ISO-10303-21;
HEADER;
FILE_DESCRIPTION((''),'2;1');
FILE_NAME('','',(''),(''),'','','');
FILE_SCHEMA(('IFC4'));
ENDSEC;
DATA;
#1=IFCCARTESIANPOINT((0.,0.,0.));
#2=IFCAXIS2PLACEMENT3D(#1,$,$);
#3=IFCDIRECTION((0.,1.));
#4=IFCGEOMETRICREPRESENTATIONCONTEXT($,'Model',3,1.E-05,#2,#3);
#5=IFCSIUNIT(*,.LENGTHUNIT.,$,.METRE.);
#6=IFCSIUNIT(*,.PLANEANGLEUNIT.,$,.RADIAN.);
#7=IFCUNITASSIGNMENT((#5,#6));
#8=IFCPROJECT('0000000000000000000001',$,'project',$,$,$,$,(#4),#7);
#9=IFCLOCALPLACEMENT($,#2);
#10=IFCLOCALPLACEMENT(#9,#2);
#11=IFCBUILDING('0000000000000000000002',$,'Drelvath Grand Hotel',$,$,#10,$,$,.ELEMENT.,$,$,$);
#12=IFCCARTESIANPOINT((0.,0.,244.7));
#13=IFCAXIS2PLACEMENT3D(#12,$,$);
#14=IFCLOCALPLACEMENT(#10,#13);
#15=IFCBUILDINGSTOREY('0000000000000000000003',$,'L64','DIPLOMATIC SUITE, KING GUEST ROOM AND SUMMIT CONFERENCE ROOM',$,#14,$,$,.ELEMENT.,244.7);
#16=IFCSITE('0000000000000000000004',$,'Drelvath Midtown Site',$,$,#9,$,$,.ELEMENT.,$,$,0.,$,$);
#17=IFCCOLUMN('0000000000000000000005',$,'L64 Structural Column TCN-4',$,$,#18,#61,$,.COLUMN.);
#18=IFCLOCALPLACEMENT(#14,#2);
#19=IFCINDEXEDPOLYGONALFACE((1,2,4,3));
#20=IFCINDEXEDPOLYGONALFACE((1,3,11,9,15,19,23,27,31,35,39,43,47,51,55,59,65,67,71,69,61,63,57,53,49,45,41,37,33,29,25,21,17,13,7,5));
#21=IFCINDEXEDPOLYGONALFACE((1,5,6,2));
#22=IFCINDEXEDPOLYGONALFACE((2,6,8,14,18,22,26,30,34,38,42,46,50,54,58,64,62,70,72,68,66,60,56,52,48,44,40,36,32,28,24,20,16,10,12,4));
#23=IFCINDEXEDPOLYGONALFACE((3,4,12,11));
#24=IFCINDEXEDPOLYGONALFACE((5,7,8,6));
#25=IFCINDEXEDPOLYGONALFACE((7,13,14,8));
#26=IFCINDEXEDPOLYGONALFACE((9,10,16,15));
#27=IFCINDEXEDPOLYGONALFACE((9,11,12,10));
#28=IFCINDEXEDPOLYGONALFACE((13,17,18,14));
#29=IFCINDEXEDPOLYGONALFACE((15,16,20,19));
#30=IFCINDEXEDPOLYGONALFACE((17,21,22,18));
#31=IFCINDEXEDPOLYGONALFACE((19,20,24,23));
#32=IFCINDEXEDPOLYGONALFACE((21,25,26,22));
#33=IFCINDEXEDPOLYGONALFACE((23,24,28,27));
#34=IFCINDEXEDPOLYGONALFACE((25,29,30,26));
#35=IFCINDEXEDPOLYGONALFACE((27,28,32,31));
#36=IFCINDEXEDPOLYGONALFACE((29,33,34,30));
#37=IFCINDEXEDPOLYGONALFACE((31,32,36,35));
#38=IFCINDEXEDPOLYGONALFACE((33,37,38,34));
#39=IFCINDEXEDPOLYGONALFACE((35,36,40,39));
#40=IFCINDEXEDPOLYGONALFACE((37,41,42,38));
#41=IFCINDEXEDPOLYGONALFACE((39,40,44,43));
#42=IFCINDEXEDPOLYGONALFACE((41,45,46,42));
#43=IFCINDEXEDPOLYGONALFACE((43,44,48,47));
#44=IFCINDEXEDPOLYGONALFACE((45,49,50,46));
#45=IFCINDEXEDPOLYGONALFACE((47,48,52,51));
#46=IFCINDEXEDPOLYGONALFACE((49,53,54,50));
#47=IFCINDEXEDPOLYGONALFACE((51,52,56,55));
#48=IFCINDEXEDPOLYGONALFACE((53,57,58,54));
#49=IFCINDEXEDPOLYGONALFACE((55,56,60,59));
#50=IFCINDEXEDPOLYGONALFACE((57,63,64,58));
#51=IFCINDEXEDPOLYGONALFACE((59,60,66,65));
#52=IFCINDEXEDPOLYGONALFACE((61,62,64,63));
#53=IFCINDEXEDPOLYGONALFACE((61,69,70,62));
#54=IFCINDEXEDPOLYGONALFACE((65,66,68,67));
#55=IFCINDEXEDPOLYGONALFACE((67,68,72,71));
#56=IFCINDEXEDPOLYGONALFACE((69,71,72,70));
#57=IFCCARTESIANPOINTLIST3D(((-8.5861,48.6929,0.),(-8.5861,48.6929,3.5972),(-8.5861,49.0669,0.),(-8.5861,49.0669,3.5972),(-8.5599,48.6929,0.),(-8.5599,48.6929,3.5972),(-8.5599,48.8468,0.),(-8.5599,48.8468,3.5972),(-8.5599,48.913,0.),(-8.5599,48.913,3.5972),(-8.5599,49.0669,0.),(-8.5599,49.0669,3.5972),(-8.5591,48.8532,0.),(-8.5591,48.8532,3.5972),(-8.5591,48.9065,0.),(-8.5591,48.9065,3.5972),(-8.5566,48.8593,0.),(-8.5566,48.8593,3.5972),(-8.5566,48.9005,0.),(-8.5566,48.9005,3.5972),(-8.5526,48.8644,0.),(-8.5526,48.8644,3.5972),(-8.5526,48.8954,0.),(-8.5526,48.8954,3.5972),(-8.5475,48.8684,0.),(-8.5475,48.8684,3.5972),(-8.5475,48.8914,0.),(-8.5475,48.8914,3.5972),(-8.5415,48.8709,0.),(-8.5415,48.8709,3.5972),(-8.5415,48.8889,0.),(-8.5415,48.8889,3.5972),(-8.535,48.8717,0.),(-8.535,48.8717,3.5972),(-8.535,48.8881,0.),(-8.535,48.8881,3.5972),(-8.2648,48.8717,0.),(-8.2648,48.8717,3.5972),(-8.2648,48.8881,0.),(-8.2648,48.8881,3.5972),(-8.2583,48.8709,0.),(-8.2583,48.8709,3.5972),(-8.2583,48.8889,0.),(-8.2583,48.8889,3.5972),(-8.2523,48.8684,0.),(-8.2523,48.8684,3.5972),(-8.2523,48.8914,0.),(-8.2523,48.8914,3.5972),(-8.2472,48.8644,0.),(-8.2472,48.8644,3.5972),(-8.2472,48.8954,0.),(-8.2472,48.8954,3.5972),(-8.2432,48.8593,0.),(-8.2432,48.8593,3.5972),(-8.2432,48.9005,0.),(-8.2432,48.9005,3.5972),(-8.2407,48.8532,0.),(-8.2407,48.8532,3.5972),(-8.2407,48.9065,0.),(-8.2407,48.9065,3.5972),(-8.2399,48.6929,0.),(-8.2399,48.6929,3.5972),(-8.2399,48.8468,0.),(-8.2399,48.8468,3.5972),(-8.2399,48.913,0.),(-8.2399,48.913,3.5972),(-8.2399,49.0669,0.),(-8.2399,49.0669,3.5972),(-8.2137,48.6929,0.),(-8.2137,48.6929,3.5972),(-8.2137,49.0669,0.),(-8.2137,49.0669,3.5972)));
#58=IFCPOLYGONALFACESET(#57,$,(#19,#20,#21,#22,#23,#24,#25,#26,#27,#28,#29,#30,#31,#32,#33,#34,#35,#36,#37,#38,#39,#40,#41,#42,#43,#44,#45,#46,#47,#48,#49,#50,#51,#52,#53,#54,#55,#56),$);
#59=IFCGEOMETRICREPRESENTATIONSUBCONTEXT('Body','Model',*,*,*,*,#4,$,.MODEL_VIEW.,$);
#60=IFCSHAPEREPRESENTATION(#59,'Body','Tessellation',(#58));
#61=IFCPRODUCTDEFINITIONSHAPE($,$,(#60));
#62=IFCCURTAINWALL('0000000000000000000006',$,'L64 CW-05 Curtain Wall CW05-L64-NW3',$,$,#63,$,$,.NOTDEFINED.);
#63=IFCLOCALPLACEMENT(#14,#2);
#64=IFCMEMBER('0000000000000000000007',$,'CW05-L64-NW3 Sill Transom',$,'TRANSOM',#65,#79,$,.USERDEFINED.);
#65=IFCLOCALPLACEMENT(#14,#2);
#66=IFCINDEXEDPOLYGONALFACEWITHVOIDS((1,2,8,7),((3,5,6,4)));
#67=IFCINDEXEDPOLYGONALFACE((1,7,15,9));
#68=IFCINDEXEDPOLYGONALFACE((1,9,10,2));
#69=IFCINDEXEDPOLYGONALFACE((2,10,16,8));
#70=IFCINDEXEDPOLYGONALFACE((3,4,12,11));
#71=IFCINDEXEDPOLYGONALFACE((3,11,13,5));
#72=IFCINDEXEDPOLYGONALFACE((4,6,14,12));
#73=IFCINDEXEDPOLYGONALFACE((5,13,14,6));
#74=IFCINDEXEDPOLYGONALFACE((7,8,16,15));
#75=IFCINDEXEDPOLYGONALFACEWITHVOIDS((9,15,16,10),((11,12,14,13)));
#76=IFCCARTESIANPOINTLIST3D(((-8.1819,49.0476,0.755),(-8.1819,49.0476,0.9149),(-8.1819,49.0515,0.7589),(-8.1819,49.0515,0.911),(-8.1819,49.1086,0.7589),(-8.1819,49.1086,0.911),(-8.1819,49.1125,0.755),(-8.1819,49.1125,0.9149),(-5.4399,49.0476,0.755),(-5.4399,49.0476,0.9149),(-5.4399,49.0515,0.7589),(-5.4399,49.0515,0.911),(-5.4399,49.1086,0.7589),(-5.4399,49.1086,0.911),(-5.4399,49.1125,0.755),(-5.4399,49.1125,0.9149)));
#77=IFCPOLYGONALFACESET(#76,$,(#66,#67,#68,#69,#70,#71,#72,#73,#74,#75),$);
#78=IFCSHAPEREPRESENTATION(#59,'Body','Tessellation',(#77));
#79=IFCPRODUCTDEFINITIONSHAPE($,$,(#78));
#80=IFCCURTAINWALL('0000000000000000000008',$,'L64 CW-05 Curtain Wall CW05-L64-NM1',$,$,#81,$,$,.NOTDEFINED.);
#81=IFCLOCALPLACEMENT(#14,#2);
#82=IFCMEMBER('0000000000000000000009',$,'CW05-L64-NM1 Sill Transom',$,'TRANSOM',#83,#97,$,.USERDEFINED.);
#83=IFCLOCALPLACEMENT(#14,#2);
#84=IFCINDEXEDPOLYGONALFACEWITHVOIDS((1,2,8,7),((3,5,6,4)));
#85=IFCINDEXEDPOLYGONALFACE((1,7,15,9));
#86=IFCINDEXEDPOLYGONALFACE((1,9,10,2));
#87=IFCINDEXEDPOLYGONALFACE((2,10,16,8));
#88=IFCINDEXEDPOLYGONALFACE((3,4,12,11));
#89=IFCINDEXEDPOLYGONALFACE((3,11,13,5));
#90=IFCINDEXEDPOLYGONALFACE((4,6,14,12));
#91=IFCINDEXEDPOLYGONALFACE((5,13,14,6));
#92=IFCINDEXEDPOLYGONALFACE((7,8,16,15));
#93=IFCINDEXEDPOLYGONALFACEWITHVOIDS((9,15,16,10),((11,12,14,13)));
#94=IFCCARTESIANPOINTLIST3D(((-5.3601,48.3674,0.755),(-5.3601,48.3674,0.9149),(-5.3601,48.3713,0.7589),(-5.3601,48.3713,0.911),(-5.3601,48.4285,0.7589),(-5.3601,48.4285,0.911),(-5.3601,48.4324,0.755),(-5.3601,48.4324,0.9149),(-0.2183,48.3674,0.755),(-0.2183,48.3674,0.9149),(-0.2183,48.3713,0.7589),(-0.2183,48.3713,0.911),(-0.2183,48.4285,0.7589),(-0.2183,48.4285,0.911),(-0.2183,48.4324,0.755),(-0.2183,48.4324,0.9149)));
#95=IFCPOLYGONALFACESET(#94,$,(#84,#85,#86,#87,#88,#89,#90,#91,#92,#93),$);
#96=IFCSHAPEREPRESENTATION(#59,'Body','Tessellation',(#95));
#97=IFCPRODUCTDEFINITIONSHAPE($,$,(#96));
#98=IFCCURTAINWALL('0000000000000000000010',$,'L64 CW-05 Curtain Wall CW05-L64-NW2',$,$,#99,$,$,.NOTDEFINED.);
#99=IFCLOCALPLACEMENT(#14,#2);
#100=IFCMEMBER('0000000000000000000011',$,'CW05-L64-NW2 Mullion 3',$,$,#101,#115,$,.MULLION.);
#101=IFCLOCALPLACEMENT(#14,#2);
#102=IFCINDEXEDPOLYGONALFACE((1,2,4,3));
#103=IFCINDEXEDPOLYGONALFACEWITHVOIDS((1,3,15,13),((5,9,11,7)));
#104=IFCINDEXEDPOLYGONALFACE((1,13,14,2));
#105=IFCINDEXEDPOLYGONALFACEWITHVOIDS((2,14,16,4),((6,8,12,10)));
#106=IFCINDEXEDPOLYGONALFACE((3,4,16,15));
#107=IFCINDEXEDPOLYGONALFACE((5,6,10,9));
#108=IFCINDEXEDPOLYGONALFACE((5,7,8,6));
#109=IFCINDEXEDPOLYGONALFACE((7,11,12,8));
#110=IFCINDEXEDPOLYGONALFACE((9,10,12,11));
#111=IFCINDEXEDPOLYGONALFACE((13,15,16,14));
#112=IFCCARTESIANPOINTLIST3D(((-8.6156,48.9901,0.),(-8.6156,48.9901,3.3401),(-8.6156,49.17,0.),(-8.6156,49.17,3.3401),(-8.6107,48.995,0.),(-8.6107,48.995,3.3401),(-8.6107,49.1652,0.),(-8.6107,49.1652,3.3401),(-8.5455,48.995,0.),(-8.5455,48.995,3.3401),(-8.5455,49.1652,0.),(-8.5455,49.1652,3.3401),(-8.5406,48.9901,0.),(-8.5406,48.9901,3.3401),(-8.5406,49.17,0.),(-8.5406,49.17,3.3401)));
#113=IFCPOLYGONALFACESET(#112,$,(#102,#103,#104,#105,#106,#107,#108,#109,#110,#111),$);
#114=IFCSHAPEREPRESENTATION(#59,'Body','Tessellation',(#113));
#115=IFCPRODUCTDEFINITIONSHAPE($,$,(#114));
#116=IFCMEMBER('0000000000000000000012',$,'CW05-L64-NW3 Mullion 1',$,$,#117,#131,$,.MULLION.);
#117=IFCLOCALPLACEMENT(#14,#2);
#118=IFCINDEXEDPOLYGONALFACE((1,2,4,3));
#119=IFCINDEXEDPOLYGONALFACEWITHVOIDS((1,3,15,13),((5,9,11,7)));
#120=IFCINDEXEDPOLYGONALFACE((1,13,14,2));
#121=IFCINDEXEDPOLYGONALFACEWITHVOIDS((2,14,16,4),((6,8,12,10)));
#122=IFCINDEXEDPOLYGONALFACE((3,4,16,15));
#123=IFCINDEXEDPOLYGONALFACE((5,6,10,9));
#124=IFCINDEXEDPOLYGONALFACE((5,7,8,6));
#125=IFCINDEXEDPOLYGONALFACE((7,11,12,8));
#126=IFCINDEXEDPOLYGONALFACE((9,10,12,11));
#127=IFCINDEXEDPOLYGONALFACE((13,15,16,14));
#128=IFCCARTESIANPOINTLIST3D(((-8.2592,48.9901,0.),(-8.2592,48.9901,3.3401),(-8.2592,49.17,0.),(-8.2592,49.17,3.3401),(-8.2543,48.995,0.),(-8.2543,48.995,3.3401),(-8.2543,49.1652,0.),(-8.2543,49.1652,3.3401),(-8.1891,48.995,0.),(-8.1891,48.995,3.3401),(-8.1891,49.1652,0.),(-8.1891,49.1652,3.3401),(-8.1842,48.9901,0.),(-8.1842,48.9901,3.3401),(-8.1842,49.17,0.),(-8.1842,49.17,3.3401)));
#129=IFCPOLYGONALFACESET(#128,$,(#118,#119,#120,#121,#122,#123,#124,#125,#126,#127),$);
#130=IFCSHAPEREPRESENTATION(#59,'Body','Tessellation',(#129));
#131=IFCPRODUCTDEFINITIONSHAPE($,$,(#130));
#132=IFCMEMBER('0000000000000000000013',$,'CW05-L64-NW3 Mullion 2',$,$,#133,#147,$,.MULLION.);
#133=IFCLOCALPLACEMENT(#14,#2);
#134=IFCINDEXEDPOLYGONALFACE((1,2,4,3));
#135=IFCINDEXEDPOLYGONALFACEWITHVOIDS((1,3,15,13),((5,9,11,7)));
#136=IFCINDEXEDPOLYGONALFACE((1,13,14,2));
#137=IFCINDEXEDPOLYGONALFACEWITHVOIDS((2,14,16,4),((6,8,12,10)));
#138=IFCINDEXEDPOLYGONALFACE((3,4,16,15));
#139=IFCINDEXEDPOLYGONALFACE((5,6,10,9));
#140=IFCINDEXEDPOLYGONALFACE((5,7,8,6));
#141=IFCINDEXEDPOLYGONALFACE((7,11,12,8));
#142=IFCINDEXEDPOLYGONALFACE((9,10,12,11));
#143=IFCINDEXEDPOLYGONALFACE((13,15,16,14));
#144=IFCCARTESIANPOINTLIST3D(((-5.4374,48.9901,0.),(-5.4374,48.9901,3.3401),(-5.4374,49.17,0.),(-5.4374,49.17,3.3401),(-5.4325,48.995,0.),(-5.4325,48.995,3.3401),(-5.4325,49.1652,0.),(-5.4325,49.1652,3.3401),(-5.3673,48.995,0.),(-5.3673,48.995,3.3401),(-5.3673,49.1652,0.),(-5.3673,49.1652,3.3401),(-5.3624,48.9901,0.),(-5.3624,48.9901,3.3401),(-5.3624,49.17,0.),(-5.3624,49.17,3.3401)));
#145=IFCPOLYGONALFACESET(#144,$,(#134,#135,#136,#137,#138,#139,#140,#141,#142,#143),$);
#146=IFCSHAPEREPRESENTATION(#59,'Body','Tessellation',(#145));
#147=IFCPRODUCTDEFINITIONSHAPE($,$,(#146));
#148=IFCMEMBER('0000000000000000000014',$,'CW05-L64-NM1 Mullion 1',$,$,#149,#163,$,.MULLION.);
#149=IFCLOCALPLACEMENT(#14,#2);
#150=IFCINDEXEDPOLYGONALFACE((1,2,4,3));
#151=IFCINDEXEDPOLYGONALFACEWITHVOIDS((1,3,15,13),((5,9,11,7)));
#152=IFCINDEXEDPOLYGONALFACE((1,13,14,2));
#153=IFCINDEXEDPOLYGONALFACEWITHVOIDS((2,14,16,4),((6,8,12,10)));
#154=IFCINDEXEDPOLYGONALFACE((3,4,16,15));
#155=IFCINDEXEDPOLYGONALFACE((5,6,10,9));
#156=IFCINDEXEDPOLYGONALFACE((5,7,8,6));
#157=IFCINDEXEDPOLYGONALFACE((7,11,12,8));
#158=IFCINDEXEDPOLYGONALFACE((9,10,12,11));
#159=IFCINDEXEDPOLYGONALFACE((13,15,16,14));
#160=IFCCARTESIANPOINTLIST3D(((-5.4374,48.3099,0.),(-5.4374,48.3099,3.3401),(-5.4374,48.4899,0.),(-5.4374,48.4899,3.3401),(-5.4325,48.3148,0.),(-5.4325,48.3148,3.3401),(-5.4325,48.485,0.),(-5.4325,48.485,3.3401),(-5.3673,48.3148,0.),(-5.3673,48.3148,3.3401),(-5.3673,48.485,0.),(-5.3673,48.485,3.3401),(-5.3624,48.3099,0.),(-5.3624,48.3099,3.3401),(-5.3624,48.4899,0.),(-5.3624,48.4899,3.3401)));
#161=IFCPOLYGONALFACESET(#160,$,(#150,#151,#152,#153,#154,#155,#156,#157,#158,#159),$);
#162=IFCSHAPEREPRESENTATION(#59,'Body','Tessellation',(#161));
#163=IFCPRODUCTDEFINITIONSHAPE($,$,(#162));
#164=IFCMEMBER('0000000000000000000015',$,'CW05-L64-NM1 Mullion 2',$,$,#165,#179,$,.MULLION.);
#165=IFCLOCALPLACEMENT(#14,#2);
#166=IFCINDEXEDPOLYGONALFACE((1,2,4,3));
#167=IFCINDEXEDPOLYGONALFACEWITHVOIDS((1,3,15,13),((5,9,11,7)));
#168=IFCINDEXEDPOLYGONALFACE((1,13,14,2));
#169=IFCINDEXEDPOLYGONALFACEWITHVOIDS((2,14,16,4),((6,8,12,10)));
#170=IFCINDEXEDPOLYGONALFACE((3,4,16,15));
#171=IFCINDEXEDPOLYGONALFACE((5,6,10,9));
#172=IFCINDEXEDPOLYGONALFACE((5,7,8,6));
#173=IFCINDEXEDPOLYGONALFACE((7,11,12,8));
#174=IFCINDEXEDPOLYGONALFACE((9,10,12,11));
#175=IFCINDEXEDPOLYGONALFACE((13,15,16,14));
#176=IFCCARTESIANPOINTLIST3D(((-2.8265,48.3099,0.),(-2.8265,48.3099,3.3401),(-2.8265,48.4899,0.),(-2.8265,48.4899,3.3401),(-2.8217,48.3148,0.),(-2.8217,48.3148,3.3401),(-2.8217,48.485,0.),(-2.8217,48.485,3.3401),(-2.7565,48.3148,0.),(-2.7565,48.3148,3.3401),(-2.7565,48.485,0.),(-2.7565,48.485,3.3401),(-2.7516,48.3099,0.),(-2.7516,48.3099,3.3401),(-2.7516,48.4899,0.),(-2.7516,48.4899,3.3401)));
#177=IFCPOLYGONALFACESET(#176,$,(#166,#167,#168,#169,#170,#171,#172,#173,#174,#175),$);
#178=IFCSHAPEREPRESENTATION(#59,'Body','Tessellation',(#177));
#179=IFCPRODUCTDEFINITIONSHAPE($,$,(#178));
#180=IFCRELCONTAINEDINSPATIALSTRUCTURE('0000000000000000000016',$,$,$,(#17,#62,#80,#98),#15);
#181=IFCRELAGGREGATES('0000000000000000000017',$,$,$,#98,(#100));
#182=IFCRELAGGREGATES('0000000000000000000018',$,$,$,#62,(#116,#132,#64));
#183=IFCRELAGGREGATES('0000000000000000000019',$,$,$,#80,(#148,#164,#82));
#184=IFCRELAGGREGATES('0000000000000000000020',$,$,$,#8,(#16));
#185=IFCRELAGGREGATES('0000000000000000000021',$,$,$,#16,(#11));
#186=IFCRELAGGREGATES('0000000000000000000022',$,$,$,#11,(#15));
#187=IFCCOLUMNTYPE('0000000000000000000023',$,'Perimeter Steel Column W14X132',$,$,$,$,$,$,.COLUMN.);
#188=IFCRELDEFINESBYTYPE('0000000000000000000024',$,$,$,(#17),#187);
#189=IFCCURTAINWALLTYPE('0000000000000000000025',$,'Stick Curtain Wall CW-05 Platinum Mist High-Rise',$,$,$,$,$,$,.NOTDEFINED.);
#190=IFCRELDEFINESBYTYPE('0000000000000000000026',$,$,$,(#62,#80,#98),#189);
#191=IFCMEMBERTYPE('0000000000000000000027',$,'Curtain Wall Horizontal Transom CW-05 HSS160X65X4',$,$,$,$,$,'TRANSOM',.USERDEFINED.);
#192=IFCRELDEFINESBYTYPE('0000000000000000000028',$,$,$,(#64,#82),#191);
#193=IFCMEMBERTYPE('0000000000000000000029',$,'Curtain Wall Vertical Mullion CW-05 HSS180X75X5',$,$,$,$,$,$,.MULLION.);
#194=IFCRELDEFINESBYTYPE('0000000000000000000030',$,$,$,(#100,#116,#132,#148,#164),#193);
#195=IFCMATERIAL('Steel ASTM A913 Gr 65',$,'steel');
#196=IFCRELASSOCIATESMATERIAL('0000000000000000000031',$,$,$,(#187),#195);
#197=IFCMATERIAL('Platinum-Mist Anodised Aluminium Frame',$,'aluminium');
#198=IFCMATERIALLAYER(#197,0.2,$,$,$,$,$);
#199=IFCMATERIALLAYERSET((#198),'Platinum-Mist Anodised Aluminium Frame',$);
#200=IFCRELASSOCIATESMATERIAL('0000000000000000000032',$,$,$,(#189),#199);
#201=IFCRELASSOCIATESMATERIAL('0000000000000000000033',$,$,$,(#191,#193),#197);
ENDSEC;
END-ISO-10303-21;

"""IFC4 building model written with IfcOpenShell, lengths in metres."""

from ifc_helpers import new_model, si_unit, direction, frame, origin, origin_2d, place, context, subcontext, project, spatial, hollow_rectangle, i_section, extrude, material, layer, layer_set, material_profile, profile_set, type_object, element, aggregate, save


model = new_model("IFC4")

# Units and contexts
model_context = context("Model", 3, precision=1e-05, world=origin(), true_north=direction((0.0, 1.0)))
body_context = subcontext(model_context, "Body", "Model", "MODEL_VIEW")
ifc_project = project(units=[si_unit("LENGTHUNIT", "METRE"), si_unit("PLANEANGLEUNIT", "RADIAN")], contexts=[model_context])

# Site, building, storey
site_placement = place(None, origin())
site = spatial("IfcSite", under=ifc_project, at=site_placement, Name="Drelvath Midtown Site", CompositionType="ELEMENT", RefElevation=0.0)
building_placement = place(site_placement, origin())
building = spatial("IfcBuilding", under=site, at=building_placement, Name="Drelvath Grand Hotel", CompositionType="ELEMENT")
storey_placement = place(building_placement, frame((0.0, 0.0, 244.7)))
storey = spatial("IfcBuildingStorey", under=building, at=storey_placement, Name="L64", Description="DIPLOMATIC SUITE, KING GUEST ROOM AND SUMMIT CONFERENCE ROOM", CompositionType="ELEMENT", Elevation=244.7)

# Column
ifc_material_1 = material(Name="Steel ASTM A913 Gr 65", Category="steel")
ifc_material_profile_1 = material_profile(ifc_material_1, i_section(OverallWidth=0.374, OverallDepth=0.3723, WebThickness=0.0164, FlangeThickness=0.0261, FilletRadius=0.0249, at=origin_2d()), Name="W14X132")
ifc_profile_set_1 = profile_set([ifc_material_profile_1], Name="Steel ASTM A913 Gr 65")
column_type = type_object("IfcColumnType", Name="Perimeter Steel Column W14X132", PredefinedType="COLUMN", material=ifc_profile_set_1)
column_placement = place(storey_placement, frame((-8.3999, 48.8799, 0.0), z_axis=(0.0, 0.0, 1.0), x_axis=(0.0, 1.0, 0.0)))
element("IfcColumn", 1, at=column_placement, inside=storey, type_object=column_type, Name="L64 Structural Column TCN-4", PredefinedType="COLUMN", context=body_context, shape_type="SweptSolid", body=[
    extrude(i_section(OverallWidth=0.374, OverallDepth=0.3723, WebThickness=0.0164, FlangeThickness=0.0261, FilletRadius=0.0249, at=origin_2d()), origin(), (0.0, 0.0, 1.0), 3.5972),
])

# Curtain walls, members
ifc_material_2 = material(Name="Platinum-Mist Anodised Aluminium Frame", Category="aluminium")
ifc_layer_1 = layer(ifc_material_2, 0.2)
ifc_layer_set_1 = layer_set([ifc_layer_1], Name="Platinum-Mist Anodised Aluminium Frame")
curtain_wall_type = type_object("IfcCurtainWallType", Name="Stick Curtain Wall CW-05 Platinum Mist High-Rise", PredefinedType="NOTDEFINED", material=ifc_layer_set_1)
curtain_wall_1_placement = place(storey_placement, origin())
curtain_wall_1 = element("IfcCurtainWall", 2, at=curtain_wall_1_placement, inside=storey, type_object=curtain_wall_type, Name="L64 CW-05 Curtain Wall CW05-L64-NW3", PredefinedType="NOTDEFINED")
ifc_material_profile_2 = material_profile(ifc_material_2, hollow_rectangle(XDim=0.0649, YDim=0.1599, WallThickness=0.0039, at=origin_2d()), Name="HSS160X65X4")
ifc_profile_set_2 = profile_set([ifc_material_profile_2], Name="Platinum-Mist Anodised Aluminium Frame")
member_type_1 = type_object("IfcMemberType", Name="Curtain Wall Horizontal Transom CW-05 HSS160X65X4", ElementType="TRANSOM", PredefinedType="USERDEFINED", material=ifc_profile_set_2)
member_1_placement = place(storey_placement, frame((-8.1819, 49.0801, 0.835), z_axis=(1.0, 0.0, 0.0), x_axis=(0.0, 1.0, 0.0)))
member_1 = element("IfcMember", 3, at=member_1_placement, type_object=member_type_1, Name="CW05-L64-NW3 Sill Transom", ObjectType="TRANSOM", PredefinedType="USERDEFINED", context=body_context, shape_type="SweptSolid", body=[
    extrude(hollow_rectangle(XDim=0.0649, YDim=0.1599, WallThickness=0.0039, at=origin_2d()), origin(), (0.0, 0.0, 1.0), 2.7419),
])
curtain_wall_2_placement = place(storey_placement, origin())
curtain_wall_2 = element("IfcCurtainWall", 4, at=curtain_wall_2_placement, inside=storey, type_object=curtain_wall_type, Name="L64 CW-05 Curtain Wall CW05-L64-NM1", PredefinedType="NOTDEFINED")
member_2_placement = place(storey_placement, frame((-5.3601, 48.3999, 0.835), z_axis=(1.0, 0.0, 0.0), x_axis=(0.0, 1.0, 0.0)))
member_2 = element("IfcMember", 5, at=member_2_placement, type_object=member_type_1, Name="CW05-L64-NM1 Sill Transom", ObjectType="TRANSOM", PredefinedType="USERDEFINED", context=body_context, shape_type="SweptSolid", body=[
    extrude(hollow_rectangle(XDim=0.0649, YDim=0.1599, WallThickness=0.0039, at=origin_2d()), origin(), (0.0, 0.0, 1.0), 5.1418),
])
curtain_wall_3_placement = place(storey_placement, origin())
curtain_wall_3 = element("IfcCurtainWall", 6, at=curtain_wall_3_placement, inside=storey, type_object=curtain_wall_type, Name="L64 CW-05 Curtain Wall CW05-L64-NW2", PredefinedType="NOTDEFINED")
ifc_material_profile_3 = material_profile(ifc_material_2, hollow_rectangle(XDim=0.075, YDim=0.1799, WallThickness=0.0049, at=origin_2d()), Name="HSS180X75X5")
ifc_profile_set_3 = profile_set([ifc_material_profile_3], Name="Platinum-Mist Anodised Aluminium Frame")
member_type_2 = type_object("IfcMemberType", Name="Curtain Wall Vertical Mullion CW-05 HSS180X75X5", PredefinedType="MULLION", material=ifc_profile_set_3)
member_3_placement = place(storey_placement, frame((-8.5781, 49.0801, 0.0), z_axis=(0.0, 0.0, 1.0), x_axis=(1.0, 0.0, 0.0)))
member_3 = element("IfcMember", 7, at=member_3_placement, type_object=member_type_2, Name="CW05-L64-NW2 Mullion 3", PredefinedType="MULLION", context=body_context, shape_type="SweptSolid", body=[
    extrude(hollow_rectangle(XDim=0.075, YDim=0.1799, WallThickness=0.0049, at=origin_2d()), origin(), (0.0, 0.0, 1.0), 3.3401),
])

# Members
member_4_placement = place(storey_placement, frame((-8.2217, 49.0801, 0.0), z_axis=(0.0, 0.0, 1.0), x_axis=(1.0, 0.0, 0.0)))
member_4 = element("IfcMember", 8, at=member_4_placement, type_object=member_type_2, Name="CW05-L64-NW3 Mullion 1", PredefinedType="MULLION", context=body_context, shape_type="SweptSolid", body=[
    extrude(hollow_rectangle(XDim=0.075, YDim=0.1799, WallThickness=0.0049, at=origin_2d()), origin(), (0.0, 0.0, 1.0), 3.3401),
])
member_5_placement = place(storey_placement, frame((-5.3999, 49.0801, 0.0), z_axis=(0.0, 0.0, 1.0), x_axis=(1.0, 0.0, 0.0)))
member_5 = element("IfcMember", 9, at=member_5_placement, type_object=member_type_2, Name="CW05-L64-NW3 Mullion 2", PredefinedType="MULLION", context=body_context, shape_type="SweptSolid", body=[
    extrude(hollow_rectangle(XDim=0.075, YDim=0.1799, WallThickness=0.0049, at=origin_2d()), origin(), (0.0, 0.0, 1.0), 3.3401),
])
member_6_placement = place(storey_placement, frame((-5.3999, 48.3999, 0.0), z_axis=(0.0, 0.0, 1.0), x_axis=(1.0, 0.0, 0.0)))
member_6 = element("IfcMember", 10, at=member_6_placement, type_object=member_type_2, Name="CW05-L64-NM1 Mullion 1", PredefinedType="MULLION", context=body_context, shape_type="SweptSolid", body=[
    extrude(hollow_rectangle(XDim=0.075, YDim=0.1799, WallThickness=0.0049, at=origin_2d()), origin(), (0.0, 0.0, 1.0), 3.3401),
])
member_7_placement = place(storey_placement, frame((-2.7891, 48.3999, 0.0), z_axis=(0.0, 0.0, 1.0), x_axis=(1.0, 0.0, 0.0)))
member_7 = element("IfcMember", 11, at=member_7_placement, type_object=member_type_2, Name="CW05-L64-NM1 Mullion 2", PredefinedType="MULLION", context=body_context, shape_type="SweptSolid", body=[
    extrude(hollow_rectangle(XDim=0.075, YDim=0.1799, WallThickness=0.0049, at=origin_2d()), origin(), (0.0, 0.0, 1.0), 3.3401),
])

aggregate(curtain_wall_3, [member_3])
aggregate(curtain_wall_1, [member_4, member_5, member_1])
aggregate(curtain_wall_2, [member_6, member_7, member_2])

save(model, "model.ifc")
